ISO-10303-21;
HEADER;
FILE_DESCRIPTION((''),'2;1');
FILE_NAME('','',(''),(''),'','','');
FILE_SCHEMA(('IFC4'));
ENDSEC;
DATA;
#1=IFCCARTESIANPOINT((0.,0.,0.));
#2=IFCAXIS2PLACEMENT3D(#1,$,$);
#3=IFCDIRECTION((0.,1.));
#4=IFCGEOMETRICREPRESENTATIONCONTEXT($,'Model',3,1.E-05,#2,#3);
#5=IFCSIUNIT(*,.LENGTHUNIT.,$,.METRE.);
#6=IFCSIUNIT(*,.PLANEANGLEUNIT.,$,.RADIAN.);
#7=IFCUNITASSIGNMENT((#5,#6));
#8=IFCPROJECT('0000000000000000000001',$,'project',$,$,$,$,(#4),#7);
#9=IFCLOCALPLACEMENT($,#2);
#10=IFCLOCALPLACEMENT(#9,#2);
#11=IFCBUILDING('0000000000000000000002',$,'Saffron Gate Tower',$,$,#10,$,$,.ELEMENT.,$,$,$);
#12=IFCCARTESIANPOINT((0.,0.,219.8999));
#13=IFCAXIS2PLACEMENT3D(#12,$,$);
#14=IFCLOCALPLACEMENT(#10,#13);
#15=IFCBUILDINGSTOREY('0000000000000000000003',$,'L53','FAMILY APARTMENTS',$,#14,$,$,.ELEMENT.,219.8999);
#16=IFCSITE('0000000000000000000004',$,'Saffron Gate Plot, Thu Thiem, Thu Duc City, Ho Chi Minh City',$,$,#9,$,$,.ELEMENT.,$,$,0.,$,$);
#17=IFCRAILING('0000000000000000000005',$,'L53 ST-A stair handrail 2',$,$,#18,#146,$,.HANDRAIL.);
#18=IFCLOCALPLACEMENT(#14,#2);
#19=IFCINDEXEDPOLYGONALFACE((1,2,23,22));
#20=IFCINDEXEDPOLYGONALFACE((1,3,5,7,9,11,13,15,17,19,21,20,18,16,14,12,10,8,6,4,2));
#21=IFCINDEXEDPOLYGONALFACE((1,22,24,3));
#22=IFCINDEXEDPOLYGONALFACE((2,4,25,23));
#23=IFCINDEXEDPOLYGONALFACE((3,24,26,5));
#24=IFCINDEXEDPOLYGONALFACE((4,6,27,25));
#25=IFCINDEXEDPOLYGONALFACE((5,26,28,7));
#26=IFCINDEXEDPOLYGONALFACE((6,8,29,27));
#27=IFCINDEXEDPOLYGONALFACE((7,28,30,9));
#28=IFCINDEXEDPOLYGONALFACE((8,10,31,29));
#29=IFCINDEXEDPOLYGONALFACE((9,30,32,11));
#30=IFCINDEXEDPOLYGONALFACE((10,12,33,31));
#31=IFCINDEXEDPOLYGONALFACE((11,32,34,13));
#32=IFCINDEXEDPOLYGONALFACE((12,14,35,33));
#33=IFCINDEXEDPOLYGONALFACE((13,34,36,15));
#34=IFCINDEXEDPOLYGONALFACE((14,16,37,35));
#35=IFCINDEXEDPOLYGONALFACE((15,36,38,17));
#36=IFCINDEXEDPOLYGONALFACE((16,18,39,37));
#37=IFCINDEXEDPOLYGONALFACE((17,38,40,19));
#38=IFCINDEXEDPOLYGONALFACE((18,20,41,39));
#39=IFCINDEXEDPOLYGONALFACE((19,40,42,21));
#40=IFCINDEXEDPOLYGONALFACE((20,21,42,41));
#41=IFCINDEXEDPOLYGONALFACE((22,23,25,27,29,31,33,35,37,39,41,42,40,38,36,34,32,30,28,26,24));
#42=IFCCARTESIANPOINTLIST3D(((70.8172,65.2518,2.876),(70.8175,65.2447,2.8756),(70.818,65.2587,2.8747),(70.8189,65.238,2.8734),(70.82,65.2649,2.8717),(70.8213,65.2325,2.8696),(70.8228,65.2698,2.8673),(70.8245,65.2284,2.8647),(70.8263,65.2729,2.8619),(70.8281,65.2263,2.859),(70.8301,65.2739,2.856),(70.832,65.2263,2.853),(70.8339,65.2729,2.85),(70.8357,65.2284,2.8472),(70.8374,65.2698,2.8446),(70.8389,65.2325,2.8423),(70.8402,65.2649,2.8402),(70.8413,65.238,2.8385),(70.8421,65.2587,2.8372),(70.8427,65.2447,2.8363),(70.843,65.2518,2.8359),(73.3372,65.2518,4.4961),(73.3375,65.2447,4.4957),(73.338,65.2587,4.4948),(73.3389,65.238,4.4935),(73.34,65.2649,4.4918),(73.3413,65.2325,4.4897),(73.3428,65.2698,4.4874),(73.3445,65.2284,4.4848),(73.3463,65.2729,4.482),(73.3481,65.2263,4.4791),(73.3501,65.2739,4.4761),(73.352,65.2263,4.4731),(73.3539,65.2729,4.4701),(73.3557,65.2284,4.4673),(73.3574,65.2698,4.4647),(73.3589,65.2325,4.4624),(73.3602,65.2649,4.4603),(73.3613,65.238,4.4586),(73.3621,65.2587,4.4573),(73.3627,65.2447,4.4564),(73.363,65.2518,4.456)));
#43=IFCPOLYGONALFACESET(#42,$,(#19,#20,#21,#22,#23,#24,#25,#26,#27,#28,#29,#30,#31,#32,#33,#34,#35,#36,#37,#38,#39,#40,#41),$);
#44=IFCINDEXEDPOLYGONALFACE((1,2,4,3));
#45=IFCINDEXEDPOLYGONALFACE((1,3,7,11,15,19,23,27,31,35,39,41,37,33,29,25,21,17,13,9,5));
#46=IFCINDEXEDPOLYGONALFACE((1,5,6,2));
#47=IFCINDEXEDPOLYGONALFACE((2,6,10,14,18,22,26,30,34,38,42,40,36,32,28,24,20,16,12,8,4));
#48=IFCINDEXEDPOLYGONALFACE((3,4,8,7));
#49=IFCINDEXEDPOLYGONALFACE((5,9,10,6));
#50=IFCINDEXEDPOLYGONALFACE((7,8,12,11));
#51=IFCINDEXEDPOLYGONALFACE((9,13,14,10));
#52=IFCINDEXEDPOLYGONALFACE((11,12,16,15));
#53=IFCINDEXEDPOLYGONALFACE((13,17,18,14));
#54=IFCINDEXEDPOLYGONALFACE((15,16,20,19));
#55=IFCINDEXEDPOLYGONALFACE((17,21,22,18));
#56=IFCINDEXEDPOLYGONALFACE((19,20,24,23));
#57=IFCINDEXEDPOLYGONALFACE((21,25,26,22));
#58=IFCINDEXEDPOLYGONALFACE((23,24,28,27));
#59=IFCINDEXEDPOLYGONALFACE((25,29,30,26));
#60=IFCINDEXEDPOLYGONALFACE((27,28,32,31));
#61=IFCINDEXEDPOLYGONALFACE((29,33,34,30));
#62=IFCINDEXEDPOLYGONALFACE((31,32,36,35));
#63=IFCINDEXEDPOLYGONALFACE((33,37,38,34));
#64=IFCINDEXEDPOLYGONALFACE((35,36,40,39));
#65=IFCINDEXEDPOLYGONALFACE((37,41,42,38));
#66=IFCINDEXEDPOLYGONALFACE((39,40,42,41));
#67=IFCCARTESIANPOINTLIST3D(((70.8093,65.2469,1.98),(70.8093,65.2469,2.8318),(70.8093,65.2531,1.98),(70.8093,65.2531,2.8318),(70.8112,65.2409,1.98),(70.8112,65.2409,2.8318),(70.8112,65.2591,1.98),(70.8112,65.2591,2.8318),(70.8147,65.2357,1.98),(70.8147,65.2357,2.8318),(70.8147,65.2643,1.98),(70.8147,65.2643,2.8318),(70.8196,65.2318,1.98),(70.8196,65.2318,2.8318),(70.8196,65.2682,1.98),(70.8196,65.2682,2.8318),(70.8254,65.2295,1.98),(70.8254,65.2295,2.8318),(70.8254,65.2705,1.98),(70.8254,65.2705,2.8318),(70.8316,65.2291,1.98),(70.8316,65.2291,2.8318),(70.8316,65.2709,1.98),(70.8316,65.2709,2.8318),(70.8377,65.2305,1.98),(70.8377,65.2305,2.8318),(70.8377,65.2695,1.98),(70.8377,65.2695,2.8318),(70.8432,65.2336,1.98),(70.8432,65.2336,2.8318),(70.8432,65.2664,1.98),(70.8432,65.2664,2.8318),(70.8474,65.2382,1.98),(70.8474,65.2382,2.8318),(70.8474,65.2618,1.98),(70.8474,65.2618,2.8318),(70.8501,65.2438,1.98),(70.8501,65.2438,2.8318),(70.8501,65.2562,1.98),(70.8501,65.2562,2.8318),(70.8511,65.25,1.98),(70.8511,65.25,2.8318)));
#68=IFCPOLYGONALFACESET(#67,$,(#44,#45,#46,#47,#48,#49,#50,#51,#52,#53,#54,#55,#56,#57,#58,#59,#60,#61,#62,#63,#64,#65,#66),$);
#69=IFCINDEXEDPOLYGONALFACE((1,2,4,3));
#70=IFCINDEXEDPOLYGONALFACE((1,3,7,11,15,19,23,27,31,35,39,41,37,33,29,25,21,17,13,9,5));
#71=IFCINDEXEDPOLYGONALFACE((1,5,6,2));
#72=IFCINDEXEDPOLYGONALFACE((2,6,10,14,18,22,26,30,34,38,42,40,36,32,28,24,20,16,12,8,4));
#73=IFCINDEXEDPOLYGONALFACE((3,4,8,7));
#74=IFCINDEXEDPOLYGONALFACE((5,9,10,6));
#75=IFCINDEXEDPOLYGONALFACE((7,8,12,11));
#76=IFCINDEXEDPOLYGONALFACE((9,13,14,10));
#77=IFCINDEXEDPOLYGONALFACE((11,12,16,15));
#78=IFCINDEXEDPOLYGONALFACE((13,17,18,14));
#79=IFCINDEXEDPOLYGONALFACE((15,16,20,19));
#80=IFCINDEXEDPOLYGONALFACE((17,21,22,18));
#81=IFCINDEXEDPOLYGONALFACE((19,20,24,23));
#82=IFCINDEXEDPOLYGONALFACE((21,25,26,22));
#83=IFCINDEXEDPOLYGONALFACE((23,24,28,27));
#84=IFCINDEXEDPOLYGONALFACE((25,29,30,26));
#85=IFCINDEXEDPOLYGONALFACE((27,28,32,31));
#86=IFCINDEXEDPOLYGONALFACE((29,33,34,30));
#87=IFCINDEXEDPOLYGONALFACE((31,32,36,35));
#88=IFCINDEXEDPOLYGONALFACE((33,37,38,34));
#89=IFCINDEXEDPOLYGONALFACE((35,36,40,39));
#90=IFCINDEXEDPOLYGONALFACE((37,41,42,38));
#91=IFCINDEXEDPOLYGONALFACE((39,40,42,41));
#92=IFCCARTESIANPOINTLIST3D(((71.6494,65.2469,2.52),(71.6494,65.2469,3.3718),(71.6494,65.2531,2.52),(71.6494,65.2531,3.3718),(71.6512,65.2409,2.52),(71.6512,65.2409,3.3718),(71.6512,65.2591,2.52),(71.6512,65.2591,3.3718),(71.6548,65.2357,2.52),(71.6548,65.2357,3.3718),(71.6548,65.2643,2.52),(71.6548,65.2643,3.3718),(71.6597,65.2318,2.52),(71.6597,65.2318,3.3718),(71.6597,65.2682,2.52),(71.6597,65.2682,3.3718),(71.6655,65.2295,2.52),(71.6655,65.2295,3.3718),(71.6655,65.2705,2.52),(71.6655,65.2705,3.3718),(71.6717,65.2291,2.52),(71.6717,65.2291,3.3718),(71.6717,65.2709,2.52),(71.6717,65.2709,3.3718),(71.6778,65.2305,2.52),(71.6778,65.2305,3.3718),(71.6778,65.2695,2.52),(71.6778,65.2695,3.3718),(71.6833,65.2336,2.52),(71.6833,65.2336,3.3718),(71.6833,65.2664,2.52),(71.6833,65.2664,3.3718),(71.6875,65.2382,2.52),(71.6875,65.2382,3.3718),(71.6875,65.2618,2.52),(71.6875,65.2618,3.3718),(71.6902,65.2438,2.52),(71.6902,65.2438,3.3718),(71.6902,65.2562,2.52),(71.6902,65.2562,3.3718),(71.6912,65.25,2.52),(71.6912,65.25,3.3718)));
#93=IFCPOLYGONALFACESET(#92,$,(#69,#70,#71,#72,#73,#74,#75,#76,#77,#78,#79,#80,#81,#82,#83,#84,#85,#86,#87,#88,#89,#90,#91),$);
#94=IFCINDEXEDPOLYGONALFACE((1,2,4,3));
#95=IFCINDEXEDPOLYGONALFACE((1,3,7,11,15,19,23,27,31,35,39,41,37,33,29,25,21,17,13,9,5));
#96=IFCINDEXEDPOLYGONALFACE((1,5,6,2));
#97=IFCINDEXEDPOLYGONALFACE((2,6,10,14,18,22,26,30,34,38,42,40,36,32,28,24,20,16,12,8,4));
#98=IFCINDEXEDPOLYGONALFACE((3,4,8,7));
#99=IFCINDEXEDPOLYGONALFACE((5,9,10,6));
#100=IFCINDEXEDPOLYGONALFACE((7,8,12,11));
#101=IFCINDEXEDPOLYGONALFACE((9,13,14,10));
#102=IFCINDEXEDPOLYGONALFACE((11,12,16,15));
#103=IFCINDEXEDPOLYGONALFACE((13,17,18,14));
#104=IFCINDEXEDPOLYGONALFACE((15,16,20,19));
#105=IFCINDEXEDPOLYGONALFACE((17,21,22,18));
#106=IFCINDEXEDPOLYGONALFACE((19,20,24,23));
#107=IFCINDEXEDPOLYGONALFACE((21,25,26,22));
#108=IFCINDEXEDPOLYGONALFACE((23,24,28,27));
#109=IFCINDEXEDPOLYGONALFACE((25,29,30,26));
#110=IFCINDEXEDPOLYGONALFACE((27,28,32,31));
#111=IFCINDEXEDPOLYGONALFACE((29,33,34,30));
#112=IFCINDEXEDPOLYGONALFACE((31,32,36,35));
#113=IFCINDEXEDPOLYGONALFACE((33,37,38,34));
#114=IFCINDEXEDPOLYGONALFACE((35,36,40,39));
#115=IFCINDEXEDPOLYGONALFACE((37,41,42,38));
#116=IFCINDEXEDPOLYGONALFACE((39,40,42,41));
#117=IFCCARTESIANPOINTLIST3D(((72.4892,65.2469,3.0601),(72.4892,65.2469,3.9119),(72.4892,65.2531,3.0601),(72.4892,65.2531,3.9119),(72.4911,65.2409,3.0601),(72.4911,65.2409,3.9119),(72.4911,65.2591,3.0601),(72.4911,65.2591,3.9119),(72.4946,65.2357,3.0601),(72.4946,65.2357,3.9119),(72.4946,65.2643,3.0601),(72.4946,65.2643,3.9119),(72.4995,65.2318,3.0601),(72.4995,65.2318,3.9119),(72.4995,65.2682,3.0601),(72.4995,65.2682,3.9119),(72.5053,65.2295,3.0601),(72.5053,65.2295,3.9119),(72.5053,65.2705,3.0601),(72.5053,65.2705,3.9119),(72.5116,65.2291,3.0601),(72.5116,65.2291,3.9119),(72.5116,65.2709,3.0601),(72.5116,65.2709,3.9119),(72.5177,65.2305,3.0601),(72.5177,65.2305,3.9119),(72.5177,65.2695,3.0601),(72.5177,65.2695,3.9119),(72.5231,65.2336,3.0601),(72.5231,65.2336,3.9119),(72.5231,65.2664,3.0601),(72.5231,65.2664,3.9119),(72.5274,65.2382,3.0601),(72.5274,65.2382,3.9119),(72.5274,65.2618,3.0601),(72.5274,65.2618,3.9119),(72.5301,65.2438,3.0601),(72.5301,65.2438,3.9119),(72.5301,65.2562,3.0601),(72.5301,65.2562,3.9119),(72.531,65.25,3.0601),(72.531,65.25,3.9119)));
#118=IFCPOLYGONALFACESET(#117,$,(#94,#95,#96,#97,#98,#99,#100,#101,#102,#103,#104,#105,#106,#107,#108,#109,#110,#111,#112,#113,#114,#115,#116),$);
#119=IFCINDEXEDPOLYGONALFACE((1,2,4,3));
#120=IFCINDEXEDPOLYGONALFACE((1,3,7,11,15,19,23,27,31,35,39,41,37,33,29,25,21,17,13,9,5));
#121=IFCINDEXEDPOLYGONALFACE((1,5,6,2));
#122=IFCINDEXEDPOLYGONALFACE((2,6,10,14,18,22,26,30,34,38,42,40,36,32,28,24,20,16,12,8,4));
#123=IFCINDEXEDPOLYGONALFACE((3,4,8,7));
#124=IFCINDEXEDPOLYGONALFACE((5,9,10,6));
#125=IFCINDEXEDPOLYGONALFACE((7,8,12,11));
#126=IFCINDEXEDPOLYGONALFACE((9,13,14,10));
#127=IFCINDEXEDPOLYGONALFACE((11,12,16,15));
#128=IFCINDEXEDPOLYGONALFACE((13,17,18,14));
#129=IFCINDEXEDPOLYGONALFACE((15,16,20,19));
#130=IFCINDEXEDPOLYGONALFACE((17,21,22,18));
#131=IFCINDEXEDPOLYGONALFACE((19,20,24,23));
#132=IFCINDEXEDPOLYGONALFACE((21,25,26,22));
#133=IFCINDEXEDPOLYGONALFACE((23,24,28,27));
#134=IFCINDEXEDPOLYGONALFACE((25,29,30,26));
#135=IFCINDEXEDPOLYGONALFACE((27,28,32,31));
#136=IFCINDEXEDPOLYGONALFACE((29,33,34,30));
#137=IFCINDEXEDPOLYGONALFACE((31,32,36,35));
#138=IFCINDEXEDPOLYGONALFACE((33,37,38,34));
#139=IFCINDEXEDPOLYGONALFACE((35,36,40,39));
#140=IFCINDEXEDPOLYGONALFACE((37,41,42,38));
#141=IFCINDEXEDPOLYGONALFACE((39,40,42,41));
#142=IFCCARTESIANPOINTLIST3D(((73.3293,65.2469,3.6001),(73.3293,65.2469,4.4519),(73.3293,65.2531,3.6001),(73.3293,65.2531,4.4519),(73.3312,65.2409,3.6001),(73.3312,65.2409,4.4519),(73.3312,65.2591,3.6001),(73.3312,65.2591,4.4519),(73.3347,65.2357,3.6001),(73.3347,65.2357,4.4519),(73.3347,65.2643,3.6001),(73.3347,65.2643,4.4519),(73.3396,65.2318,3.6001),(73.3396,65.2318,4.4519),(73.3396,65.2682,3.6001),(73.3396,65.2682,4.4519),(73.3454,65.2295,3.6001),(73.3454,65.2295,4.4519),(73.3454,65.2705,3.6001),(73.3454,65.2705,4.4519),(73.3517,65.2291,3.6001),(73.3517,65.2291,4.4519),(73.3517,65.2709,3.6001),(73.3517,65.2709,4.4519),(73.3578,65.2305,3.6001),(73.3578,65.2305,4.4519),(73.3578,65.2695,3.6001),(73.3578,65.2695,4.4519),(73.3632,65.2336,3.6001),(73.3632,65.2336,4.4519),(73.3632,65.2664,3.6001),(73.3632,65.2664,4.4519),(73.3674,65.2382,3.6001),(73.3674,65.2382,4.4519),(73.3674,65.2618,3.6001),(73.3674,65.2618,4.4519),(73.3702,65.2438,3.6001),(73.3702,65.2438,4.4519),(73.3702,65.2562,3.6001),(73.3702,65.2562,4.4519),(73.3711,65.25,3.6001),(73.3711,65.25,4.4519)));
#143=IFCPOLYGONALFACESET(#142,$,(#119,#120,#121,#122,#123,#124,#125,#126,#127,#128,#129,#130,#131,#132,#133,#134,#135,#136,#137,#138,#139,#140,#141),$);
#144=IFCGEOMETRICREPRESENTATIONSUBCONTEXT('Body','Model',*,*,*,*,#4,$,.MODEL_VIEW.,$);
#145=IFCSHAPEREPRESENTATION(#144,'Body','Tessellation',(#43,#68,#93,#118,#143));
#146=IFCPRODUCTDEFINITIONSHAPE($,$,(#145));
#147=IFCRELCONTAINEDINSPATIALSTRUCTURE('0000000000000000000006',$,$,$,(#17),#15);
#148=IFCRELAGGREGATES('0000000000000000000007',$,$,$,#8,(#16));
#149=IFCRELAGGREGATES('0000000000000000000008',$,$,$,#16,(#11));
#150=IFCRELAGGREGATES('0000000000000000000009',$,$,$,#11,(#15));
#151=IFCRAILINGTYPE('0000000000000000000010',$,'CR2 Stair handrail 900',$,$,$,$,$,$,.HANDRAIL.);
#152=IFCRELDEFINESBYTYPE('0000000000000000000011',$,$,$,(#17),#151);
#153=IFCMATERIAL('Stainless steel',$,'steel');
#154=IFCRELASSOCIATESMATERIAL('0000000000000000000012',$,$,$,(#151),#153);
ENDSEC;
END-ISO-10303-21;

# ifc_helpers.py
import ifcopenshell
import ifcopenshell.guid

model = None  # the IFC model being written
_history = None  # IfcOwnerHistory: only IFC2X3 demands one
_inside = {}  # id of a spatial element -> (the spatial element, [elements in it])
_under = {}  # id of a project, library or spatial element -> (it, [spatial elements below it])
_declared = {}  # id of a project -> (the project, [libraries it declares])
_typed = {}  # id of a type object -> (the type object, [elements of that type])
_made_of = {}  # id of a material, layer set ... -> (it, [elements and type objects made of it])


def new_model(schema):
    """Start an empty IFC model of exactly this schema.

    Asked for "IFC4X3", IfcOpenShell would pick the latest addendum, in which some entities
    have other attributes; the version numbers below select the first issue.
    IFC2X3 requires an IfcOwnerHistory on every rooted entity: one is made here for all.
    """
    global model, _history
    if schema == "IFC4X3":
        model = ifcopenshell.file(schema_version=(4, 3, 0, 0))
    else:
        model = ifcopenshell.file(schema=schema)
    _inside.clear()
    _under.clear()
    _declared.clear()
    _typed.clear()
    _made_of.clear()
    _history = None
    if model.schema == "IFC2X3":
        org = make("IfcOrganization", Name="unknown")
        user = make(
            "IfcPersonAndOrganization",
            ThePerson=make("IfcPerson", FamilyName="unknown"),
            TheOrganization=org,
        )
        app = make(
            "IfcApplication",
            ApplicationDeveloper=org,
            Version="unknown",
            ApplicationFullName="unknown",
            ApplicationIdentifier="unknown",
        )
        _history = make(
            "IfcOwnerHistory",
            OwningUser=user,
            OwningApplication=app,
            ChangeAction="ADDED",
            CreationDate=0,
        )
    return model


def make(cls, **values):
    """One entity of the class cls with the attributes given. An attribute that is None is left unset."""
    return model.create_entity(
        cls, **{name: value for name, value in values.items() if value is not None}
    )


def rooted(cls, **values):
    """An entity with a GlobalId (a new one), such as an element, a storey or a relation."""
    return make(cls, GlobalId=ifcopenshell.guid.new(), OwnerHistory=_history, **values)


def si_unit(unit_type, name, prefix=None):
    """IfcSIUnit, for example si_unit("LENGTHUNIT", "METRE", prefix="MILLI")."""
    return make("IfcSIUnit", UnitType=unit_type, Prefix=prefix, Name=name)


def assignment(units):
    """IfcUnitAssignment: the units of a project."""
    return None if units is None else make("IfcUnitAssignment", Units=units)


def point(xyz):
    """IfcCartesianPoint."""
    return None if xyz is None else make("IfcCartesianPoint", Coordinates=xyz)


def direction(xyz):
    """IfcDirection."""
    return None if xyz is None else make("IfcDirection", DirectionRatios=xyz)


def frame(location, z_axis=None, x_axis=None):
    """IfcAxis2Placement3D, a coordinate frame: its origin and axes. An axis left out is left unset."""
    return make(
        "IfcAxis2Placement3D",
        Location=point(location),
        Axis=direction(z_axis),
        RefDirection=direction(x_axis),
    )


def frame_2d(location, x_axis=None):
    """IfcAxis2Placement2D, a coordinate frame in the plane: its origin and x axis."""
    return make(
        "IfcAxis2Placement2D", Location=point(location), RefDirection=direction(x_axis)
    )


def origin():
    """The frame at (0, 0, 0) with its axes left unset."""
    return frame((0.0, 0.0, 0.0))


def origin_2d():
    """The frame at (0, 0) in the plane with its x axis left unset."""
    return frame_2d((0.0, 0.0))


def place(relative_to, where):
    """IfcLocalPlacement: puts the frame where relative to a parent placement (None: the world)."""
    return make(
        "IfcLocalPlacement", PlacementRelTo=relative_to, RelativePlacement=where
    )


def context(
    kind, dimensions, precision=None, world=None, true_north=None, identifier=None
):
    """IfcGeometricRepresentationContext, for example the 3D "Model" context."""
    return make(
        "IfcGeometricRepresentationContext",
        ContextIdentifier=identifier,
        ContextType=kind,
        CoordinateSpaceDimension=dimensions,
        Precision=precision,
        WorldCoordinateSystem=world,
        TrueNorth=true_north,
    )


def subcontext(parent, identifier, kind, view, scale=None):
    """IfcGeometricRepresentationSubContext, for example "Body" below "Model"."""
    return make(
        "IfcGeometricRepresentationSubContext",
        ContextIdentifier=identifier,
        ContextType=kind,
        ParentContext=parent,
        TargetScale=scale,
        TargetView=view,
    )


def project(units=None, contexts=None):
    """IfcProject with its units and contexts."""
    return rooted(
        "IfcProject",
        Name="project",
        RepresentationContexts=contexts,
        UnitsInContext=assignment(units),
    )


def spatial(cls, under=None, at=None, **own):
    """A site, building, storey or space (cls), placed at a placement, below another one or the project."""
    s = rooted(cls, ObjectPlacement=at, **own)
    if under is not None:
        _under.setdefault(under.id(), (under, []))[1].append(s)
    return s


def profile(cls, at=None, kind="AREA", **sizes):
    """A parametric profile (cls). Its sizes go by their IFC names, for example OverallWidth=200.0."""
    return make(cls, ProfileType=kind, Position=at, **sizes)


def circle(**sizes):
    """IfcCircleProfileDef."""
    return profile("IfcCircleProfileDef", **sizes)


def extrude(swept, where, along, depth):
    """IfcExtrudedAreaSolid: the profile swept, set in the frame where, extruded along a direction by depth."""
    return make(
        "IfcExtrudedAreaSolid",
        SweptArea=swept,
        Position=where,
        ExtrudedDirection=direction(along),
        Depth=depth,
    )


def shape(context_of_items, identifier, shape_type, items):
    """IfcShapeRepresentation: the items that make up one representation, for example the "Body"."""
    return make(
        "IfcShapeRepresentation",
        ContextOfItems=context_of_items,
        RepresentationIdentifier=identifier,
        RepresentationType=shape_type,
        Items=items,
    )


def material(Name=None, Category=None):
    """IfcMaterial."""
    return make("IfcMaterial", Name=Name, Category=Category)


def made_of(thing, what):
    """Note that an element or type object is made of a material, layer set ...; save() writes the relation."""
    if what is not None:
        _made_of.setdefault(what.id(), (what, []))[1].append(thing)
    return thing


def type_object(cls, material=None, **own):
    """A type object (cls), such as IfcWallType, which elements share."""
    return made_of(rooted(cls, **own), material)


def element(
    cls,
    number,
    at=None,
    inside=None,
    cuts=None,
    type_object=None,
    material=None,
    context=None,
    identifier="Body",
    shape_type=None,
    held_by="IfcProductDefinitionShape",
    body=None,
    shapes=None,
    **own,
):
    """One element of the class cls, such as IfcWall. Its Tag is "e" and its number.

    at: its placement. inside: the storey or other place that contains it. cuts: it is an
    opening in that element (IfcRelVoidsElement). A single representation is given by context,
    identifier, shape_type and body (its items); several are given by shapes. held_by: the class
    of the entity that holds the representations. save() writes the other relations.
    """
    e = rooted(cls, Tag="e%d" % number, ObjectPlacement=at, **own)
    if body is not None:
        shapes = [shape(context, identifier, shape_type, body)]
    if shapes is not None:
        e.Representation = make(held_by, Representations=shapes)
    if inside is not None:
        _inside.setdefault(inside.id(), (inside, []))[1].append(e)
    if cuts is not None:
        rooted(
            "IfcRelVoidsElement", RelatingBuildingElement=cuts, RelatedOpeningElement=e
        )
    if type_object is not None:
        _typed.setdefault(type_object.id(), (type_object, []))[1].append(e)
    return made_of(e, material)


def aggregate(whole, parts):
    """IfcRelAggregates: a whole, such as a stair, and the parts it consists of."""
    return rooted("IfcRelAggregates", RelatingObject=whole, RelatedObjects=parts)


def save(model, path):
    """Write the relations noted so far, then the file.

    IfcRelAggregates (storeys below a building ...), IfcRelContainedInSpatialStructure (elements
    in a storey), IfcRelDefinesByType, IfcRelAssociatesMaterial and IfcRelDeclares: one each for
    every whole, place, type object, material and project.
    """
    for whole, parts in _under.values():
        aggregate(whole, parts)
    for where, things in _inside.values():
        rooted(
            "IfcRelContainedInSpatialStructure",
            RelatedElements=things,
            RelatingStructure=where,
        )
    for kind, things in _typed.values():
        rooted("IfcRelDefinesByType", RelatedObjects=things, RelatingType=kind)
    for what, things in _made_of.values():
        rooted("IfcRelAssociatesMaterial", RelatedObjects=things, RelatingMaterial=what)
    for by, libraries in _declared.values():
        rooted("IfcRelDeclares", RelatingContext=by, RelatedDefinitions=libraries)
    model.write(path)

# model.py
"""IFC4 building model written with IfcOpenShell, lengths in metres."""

from ifc_helpers import new_model, si_unit, direction, frame, origin, origin_2d, place, context, subcontext, project, spatial, circle, extrude, material, type_object, element, save


model = new_model("IFC4")

# Units and contexts
model_context = context("Model", 3, precision=1e-05, world=origin(), true_north=direction((0.0, 1.0)))
body_context = subcontext(model_context, "Body", "Model", "MODEL_VIEW")
ifc_project = project(units=[si_unit("LENGTHUNIT", "METRE"), si_unit("PLANEANGLEUNIT", "RADIAN")], contexts=[model_context])

# Site, building, storey
site_placement = place(None, origin())
site = spatial("IfcSite", under=ifc_project, at=site_placement, Name="Saffron Gate Plot, Thu Thiem, Thu Duc City, Ho Chi Minh City", CompositionType="ELEMENT", RefElevation=0.0)
building_placement = place(site_placement, origin())
building = spatial("IfcBuilding", under=site, at=building_placement, Name="Saffron Gate Tower", CompositionType="ELEMENT")
storey_placement = place(building_placement, frame((0.0, 0.0, 219.8999)))
storey = spatial("IfcBuildingStorey", under=building, at=storey_placement, Name="L53", Description="FAMILY APARTMENTS", CompositionType="ELEMENT", Elevation=219.8999)

# Railing
ifc_material_1 = material(Name="Stainless steel", Category="steel")
railing_type_1 = type_object("IfcRailingType", Name="CR2 Stair handrail 900", PredefinedType="HANDRAIL", material=ifc_material_1)
railing_1_placement = place(storey_placement, frame((70.8301, 65.25, 1.98)))
element("IfcRailing", 1, at=railing_1_placement, inside=storey, type_object=railing_type_1, Name="L53 ST-A stair handrail 2", PredefinedType="HANDRAIL", context=body_context, shape_type="SweptSolid", body=[
    extrude(circle(Radius=0.0239, at=origin_2d()), frame((0.0, 0.0, 0.876), z_axis=(0.841163, 0.0, 0.540782), x_axis=(0.0, 1.0, 0.0)), (0.0, 0.0, 1.0), 2.9958),
    extrude(circle(Radius=0.021, at=origin_2d()), origin(), (0.0, 0.0, 1.0), 0.8518),
    extrude(circle(Radius=0.021, at=origin_2d()), frame((0.8401, 0.0, 0.54)), (0.0, 0.0, 1.0), 0.8518),
    extrude(circle(Radius=0.021, at=origin_2d()), frame((1.6799, 0.0, 1.0801)), (0.0, 0.0, 1.0), 0.8518),
    extrude(circle(Radius=0.021, at=origin_2d()), frame((2.52, 0.0, 1.6201)), (0.0, 0.0, 1.0), 0.8518),
])

save(model, "model.ifc")
